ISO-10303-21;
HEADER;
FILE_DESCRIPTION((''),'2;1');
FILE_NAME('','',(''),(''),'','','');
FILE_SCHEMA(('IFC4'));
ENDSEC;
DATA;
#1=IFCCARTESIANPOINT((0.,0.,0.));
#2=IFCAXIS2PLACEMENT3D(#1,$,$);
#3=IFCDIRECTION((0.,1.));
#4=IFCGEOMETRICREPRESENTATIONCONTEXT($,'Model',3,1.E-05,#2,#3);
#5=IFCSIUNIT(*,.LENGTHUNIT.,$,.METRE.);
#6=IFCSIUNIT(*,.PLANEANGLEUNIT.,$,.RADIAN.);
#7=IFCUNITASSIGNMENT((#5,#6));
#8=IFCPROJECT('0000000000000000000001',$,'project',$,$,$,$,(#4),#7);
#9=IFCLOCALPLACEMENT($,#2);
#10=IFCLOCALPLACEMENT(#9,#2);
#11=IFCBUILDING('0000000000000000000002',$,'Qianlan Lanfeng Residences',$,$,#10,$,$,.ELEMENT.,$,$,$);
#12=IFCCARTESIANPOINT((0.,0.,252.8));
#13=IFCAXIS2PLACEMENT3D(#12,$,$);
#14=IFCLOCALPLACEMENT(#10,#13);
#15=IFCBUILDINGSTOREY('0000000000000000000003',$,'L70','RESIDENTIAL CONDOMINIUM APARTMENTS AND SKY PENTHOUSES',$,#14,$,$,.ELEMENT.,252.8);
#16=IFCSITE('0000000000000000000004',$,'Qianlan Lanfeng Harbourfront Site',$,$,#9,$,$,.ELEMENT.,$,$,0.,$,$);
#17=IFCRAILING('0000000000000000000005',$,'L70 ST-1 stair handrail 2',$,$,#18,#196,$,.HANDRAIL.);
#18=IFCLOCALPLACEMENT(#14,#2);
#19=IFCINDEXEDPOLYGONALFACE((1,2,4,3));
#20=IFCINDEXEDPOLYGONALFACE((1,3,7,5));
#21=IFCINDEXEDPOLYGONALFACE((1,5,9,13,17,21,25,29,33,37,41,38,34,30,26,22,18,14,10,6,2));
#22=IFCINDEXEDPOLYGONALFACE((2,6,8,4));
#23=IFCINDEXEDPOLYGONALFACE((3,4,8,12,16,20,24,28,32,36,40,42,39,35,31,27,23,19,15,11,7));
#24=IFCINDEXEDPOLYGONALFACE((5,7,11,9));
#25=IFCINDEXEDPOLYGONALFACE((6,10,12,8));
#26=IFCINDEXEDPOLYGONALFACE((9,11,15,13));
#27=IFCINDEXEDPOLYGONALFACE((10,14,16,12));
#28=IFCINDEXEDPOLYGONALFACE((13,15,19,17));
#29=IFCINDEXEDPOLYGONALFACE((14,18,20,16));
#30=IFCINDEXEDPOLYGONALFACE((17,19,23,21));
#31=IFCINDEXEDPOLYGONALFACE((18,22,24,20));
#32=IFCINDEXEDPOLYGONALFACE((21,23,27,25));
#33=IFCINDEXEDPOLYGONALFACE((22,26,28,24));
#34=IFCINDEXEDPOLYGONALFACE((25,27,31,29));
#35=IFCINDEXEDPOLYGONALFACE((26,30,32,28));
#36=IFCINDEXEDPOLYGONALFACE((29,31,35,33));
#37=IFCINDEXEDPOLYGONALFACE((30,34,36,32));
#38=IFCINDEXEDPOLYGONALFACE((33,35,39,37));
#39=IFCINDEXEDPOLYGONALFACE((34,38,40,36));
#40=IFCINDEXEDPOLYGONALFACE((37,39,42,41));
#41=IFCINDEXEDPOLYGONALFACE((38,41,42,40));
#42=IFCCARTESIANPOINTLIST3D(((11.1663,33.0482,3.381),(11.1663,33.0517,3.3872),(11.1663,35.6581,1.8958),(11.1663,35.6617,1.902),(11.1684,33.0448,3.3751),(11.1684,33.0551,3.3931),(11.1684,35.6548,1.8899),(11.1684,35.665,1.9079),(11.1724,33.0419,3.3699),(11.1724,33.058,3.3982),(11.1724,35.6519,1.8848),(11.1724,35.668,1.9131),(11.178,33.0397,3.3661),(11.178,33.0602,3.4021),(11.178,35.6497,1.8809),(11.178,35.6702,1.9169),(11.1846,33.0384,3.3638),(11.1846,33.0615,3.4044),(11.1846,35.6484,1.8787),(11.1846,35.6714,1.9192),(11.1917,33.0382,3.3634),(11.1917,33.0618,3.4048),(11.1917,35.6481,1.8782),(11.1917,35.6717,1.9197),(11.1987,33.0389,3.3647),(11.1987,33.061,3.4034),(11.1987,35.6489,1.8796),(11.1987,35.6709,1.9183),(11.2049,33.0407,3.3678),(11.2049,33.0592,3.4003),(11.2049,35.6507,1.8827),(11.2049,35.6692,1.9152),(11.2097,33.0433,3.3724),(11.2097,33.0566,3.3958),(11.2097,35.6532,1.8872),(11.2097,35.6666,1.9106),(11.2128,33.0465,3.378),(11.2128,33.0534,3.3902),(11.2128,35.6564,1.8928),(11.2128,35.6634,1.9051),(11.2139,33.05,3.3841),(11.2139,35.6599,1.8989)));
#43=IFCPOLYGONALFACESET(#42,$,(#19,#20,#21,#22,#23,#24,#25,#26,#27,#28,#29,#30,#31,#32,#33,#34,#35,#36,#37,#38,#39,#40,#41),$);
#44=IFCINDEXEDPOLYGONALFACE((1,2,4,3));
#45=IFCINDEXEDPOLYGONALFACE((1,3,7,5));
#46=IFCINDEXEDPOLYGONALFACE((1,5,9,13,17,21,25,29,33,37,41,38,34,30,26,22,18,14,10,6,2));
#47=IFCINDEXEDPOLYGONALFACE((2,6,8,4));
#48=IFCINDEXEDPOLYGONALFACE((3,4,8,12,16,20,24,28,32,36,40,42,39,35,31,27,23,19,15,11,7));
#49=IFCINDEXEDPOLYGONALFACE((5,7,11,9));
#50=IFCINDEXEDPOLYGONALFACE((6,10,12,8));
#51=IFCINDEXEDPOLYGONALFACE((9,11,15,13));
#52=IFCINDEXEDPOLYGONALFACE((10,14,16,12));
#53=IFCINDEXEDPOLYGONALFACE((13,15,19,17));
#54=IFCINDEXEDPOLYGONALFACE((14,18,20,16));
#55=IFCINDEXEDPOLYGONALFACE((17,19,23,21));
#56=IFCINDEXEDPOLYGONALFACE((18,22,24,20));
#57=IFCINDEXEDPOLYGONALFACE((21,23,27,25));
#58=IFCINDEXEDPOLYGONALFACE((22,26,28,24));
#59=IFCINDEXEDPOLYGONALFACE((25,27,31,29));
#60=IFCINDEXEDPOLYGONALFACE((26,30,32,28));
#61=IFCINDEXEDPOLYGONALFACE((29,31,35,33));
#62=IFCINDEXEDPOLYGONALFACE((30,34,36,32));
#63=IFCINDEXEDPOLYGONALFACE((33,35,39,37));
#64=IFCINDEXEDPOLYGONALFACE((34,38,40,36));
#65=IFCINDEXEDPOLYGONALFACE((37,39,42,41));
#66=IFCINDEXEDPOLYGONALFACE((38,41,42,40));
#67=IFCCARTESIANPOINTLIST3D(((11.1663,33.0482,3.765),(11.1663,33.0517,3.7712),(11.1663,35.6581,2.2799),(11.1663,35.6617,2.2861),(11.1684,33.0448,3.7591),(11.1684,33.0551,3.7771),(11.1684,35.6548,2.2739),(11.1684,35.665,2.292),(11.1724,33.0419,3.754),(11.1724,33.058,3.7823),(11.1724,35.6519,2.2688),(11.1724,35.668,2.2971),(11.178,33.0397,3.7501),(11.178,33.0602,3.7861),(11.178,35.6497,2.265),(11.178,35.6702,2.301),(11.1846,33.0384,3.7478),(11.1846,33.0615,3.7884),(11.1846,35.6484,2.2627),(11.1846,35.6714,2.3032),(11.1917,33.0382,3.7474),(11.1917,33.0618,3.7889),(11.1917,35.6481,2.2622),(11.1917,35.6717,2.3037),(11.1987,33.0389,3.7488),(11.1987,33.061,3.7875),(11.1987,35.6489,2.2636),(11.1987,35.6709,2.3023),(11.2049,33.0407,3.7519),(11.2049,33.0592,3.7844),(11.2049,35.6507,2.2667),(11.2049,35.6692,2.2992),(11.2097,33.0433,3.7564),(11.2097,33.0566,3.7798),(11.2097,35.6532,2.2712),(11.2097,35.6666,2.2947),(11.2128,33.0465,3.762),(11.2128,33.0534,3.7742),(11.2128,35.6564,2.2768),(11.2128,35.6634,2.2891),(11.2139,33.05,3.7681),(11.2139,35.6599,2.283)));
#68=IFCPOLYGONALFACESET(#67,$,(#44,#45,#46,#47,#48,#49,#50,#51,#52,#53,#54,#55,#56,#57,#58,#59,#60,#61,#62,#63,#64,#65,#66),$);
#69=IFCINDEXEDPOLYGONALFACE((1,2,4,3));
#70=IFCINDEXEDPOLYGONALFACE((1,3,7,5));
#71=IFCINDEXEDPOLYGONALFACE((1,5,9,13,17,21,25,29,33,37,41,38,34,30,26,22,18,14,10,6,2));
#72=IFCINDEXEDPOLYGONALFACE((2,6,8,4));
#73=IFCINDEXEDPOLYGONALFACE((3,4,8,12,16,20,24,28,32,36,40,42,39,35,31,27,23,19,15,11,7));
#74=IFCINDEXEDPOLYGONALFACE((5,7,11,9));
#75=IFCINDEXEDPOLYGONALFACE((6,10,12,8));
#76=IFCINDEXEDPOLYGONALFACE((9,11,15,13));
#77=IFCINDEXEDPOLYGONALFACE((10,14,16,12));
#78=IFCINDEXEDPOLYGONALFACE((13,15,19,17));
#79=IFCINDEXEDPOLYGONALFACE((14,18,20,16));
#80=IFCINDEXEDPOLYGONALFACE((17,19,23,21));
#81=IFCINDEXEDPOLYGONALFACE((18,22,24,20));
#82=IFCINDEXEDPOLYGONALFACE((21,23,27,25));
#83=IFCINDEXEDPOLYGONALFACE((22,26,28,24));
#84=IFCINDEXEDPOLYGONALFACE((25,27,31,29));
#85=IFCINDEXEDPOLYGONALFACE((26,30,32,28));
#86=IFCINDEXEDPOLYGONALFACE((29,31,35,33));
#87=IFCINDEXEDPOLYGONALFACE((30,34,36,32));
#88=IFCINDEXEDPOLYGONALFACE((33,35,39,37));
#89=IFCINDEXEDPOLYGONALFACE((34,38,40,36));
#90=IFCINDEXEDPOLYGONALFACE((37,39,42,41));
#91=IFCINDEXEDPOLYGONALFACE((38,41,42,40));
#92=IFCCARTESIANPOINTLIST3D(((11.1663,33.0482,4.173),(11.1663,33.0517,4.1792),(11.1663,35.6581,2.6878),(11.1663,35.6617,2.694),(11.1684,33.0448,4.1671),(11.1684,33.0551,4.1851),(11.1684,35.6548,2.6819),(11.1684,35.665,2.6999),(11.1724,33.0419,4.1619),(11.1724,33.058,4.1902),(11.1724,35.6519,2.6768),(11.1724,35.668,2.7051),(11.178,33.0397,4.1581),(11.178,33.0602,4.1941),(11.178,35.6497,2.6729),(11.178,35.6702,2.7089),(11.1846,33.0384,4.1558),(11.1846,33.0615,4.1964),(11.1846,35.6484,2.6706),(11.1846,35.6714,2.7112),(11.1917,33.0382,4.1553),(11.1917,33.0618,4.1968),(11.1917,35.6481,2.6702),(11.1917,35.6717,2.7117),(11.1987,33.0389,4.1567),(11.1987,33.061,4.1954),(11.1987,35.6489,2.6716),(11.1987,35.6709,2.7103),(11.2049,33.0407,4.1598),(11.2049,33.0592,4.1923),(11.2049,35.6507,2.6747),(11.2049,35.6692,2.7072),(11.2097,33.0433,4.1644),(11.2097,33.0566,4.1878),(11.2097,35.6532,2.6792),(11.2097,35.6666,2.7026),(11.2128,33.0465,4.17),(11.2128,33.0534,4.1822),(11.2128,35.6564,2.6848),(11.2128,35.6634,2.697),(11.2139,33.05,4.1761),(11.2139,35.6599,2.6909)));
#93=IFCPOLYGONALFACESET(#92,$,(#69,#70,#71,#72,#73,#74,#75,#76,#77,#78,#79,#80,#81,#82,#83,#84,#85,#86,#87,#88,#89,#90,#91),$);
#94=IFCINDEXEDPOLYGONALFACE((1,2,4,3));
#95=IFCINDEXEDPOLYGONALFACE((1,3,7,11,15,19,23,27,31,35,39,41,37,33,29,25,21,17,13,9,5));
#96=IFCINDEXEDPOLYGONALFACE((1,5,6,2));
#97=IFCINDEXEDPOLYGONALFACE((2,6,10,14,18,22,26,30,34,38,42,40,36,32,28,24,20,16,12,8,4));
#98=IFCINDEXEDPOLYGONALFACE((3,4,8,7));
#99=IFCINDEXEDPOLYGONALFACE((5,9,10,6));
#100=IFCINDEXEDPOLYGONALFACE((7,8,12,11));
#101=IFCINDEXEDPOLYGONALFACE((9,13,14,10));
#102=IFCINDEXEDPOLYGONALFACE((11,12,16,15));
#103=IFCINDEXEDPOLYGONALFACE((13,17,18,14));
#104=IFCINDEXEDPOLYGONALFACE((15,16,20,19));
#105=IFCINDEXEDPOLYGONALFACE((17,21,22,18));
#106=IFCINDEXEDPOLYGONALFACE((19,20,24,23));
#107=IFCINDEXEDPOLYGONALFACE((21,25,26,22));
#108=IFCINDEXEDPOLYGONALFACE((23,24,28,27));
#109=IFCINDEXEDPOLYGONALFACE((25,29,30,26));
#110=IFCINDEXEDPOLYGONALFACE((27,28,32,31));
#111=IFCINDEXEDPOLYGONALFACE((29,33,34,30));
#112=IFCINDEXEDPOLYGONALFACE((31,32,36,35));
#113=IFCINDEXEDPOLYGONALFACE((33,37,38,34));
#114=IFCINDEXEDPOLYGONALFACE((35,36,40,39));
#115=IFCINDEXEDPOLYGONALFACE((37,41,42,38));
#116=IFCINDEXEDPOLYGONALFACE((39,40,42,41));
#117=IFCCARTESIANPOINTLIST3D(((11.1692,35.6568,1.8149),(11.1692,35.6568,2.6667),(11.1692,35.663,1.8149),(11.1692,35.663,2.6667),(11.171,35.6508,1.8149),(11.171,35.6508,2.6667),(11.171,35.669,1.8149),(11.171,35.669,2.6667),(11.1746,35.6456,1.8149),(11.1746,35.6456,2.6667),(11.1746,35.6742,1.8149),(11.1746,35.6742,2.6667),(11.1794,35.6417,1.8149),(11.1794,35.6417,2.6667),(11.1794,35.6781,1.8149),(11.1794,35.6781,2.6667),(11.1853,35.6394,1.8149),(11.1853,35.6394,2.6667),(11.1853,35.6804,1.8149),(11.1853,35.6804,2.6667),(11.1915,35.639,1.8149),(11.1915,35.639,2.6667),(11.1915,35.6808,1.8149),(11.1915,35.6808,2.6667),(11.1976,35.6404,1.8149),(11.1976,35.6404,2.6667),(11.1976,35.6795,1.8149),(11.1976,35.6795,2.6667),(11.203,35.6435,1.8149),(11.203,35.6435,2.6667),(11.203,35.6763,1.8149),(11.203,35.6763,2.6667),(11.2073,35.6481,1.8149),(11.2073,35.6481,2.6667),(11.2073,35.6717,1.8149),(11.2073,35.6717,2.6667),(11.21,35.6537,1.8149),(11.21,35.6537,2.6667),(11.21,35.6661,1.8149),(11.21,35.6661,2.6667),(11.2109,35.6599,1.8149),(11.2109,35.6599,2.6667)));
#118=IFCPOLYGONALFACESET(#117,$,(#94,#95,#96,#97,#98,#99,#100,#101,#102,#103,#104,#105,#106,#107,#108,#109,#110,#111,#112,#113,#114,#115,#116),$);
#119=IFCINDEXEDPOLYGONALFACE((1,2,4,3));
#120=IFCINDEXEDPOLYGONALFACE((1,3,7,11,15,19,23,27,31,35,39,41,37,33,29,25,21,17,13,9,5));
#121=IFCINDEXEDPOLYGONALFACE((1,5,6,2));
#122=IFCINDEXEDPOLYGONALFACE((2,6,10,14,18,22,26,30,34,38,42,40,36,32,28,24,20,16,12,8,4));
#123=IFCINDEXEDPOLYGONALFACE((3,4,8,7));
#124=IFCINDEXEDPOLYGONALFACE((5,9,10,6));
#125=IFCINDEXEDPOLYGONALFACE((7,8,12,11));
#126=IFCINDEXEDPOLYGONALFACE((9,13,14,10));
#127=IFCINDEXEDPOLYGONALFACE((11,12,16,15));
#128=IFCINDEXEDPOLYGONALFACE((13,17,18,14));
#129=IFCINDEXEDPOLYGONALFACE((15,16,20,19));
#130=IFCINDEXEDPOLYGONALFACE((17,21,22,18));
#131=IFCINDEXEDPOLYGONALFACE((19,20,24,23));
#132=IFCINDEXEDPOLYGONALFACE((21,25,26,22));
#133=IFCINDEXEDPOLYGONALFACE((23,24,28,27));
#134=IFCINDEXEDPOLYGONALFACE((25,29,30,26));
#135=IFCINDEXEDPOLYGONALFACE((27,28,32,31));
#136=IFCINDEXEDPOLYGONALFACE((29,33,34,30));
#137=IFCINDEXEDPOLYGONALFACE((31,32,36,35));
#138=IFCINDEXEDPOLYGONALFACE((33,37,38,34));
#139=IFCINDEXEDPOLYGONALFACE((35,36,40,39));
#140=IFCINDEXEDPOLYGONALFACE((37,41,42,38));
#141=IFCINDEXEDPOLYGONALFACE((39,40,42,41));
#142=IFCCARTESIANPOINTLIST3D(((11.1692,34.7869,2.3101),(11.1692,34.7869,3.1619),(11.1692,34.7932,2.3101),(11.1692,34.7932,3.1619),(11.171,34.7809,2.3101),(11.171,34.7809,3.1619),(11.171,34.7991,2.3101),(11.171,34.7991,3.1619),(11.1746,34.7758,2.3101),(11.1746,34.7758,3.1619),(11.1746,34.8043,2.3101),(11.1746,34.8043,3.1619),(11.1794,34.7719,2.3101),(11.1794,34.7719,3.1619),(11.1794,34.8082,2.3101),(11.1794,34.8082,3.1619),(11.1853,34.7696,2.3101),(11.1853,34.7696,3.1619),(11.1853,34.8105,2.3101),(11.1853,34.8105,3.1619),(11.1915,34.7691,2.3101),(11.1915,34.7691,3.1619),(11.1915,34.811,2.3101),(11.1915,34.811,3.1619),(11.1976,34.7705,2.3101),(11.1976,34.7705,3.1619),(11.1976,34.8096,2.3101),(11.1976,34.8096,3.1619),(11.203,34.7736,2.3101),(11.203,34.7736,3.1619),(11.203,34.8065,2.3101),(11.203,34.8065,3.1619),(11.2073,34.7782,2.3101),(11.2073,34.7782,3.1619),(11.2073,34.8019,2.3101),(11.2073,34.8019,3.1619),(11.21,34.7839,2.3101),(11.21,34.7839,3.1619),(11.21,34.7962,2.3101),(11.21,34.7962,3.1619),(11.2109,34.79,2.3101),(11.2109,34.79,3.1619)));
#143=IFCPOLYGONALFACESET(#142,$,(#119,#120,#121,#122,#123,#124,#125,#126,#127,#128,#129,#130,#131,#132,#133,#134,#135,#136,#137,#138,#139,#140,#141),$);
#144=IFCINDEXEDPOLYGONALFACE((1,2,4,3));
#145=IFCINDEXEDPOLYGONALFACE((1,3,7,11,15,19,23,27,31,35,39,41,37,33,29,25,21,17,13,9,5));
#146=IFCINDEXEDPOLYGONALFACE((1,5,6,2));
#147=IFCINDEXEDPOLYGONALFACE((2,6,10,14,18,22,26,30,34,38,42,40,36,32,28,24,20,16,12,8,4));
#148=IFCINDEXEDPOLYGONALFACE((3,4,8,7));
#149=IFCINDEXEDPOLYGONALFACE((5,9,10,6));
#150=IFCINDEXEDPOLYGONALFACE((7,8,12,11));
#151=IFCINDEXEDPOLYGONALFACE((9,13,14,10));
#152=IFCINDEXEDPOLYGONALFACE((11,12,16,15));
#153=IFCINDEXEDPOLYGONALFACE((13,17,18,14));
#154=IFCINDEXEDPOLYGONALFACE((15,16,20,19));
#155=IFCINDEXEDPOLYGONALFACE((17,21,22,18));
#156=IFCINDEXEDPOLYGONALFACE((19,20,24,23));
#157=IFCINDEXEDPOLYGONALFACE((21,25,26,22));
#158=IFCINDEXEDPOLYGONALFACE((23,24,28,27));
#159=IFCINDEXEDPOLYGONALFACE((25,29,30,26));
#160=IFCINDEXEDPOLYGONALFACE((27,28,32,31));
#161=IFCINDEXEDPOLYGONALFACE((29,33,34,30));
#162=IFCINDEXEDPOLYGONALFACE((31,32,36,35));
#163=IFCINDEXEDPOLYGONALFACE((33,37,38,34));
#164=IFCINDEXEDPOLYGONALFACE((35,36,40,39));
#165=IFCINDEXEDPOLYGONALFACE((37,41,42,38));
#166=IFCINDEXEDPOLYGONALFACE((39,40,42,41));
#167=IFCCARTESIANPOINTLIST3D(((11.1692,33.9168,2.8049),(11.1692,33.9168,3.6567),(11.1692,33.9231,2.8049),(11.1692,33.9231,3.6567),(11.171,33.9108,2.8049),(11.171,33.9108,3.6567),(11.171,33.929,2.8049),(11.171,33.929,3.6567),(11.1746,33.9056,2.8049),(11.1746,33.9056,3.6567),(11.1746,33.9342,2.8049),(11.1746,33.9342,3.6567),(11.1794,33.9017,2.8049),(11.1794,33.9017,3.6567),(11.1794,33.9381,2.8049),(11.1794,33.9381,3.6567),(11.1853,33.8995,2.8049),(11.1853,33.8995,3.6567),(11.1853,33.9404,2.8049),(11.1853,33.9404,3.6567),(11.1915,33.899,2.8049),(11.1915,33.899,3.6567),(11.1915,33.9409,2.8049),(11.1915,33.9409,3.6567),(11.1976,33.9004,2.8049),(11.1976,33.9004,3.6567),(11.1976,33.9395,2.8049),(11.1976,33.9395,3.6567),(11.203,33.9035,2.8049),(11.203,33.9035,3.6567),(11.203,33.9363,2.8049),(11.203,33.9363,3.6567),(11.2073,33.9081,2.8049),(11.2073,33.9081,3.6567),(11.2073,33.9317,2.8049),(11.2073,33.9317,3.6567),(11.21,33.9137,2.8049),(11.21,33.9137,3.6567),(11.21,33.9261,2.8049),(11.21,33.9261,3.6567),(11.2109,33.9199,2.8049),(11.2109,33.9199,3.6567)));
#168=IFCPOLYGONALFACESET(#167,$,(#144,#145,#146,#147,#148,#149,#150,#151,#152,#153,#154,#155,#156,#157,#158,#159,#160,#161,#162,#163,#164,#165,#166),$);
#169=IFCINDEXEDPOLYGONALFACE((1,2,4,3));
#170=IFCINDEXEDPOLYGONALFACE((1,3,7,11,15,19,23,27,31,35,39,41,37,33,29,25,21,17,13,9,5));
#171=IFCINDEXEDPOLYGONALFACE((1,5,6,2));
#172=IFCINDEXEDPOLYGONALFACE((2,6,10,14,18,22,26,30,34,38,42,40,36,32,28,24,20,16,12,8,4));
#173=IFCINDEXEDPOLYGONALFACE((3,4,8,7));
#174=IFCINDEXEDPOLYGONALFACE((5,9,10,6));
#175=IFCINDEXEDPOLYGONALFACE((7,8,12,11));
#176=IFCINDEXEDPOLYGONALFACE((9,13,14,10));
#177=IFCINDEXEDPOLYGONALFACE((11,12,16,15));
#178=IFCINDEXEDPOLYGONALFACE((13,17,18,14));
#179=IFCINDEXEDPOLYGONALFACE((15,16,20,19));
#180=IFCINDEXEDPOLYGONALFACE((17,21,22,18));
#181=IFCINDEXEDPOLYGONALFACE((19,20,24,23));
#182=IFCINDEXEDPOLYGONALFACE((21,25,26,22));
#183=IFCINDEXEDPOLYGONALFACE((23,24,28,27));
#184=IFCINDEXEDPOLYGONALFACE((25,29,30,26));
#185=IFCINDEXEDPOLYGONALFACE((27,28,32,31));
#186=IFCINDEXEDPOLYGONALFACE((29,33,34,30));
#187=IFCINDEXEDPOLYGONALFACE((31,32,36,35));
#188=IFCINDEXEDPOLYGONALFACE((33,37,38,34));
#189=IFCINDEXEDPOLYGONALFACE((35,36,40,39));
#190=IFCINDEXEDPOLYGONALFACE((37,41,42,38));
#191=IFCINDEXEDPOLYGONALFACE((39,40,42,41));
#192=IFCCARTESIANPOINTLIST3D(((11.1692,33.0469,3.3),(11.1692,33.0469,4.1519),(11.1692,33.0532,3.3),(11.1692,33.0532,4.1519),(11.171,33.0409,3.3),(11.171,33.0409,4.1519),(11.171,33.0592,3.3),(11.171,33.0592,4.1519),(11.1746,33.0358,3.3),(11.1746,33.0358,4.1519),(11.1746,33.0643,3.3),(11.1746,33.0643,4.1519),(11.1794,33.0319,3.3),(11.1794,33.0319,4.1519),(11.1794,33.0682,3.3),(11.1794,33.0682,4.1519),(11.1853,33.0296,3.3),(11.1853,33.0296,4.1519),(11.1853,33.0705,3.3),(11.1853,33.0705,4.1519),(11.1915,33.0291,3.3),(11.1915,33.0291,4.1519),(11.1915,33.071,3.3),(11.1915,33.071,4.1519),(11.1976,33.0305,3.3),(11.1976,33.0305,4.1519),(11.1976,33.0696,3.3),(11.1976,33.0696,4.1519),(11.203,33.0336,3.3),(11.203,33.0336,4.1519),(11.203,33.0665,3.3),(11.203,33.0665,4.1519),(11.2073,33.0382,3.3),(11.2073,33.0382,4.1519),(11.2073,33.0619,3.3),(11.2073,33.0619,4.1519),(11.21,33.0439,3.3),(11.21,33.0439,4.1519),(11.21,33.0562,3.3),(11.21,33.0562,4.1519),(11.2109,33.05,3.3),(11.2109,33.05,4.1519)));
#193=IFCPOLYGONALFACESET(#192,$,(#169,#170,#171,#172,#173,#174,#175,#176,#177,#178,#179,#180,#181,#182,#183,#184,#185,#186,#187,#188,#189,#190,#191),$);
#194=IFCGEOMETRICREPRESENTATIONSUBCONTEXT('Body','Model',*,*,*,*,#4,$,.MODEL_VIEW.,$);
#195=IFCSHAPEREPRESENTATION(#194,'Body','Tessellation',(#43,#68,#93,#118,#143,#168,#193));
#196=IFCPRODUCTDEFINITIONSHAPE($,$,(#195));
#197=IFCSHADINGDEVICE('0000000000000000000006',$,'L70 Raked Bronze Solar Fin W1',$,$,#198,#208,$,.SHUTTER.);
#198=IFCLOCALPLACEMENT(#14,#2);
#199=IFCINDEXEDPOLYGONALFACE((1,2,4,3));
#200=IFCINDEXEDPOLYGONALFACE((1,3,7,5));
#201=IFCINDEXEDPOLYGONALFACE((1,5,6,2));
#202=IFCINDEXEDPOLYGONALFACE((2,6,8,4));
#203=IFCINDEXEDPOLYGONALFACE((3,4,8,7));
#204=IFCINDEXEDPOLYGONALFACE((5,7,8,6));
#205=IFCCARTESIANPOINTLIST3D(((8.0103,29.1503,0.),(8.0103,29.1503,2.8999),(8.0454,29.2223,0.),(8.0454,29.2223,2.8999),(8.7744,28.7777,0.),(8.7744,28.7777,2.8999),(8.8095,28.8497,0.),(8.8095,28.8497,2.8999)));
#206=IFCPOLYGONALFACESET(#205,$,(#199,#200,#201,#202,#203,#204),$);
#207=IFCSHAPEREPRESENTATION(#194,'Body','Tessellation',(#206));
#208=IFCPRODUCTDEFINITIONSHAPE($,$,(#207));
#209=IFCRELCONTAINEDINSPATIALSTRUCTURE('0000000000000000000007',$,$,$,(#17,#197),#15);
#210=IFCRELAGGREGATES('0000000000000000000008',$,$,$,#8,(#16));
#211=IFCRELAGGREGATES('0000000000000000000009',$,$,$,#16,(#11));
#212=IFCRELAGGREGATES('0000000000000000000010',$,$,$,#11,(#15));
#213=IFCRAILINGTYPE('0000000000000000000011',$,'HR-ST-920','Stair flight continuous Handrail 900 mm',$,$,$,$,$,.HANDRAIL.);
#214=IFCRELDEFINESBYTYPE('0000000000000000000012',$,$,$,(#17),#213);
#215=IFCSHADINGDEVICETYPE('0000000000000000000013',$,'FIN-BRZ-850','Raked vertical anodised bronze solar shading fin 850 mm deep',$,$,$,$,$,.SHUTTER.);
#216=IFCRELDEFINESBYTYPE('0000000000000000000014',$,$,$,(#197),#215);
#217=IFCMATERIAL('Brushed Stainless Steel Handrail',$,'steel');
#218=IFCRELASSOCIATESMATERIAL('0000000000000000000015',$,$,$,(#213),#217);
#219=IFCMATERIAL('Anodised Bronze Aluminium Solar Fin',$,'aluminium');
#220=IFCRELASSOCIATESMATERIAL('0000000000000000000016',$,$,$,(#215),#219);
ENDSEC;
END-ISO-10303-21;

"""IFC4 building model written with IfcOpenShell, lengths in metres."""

from ifc_helpers import new_model, si_unit, direction, frame, origin, origin_2d, place, context, subcontext, project, spatial, rectangle, circle, extrude, source, transform, mapped, material, type_object, element, save


model = new_model("IFC4")

# Units and contexts
model_context = context("Model", 3, precision=1e-05, world=origin(), true_north=direction((0.0, 1.0)))
body_context = subcontext(model_context, "Body", "Model", "MODEL_VIEW")
ifc_project = project(units=[si_unit("LENGTHUNIT", "METRE"), si_unit("PLANEANGLEUNIT", "RADIAN")], contexts=[model_context])

# Site, building, storey
site_placement = place(None, origin())
site = spatial("IfcSite", under=ifc_project, at=site_placement, Name="Qianlan Lanfeng Harbourfront Site", CompositionType="ELEMENT", RefElevation=0.0)
building_placement = place(site_placement, origin())
building = spatial("IfcBuilding", under=site, at=building_placement, Name="Qianlan Lanfeng Residences", CompositionType="ELEMENT")
storey_placement = place(building_placement, frame((0.0, 0.0, 252.8)))
storey = spatial("IfcBuildingStorey", under=building, at=storey_placement, Name="L70", Description="RESIDENTIAL CONDOMINIUM APARTMENTS AND SKY PENTHOUSES", CompositionType="ELEMENT", Elevation=252.8)

# Railing
ifc_material_1 = material(Name="Brushed Stainless Steel Handrail", Category="steel")
railing_type = type_object("IfcRailingType", Name="HR-ST-920", Description="Stair flight continuous Handrail 900 mm", PredefinedType="HANDRAIL", material=ifc_material_1)
railing_placement = place(storey_placement, frame((11.1899, 35.6599, 1.8149)))
element("IfcRailing", 1, at=railing_placement, inside=storey, type_object=railing_type, Name="L70 ST-1 stair handrail 2", PredefinedType="HANDRAIL", context=body_context, shape_type="SweptSolid", body=[
    extrude(circle(Radius=0.0239, at=origin_2d()), frame((0.0, 0.0, 0.084), z_axis=(0.0, -0.869137, 0.494571), x_axis=(1.0, 0.0, 0.0)), (0.0, 0.0, 1.0), 3.0029),
    extrude(circle(Radius=0.0239, at=origin_2d()), frame((0.0, 0.0, 0.468), z_axis=(0.0, -0.869137, 0.494571), x_axis=(1.0, 0.0, 0.0)), (0.0, 0.0, 1.0), 3.0029),
    extrude(circle(Radius=0.0239, at=origin_2d()), frame((0.0, 0.0, 0.876), z_axis=(0.0, -0.869137, 0.494571), x_axis=(1.0, 0.0, 0.0)), (0.0, 0.0, 1.0), 3.0029),
    extrude(circle(Radius=0.021, at=origin_2d()), origin(), (0.0, 0.0, 1.0), 0.8518),
    extrude(circle(Radius=0.021, at=origin_2d()), frame((0.0, -0.8699, 0.4951)), (0.0, 0.0, 1.0), 0.8518),
    extrude(circle(Radius=0.021, at=origin_2d()), frame((0.0, -1.74, 0.99)), (0.0, 0.0, 1.0), 0.8518),
    extrude(circle(Radius=0.021, at=origin_2d()), frame((0.0, -2.6099, 1.4851)), (0.0, 0.0, 1.0), 0.8518),
])

# Shading device
ifc_material_2 = material(Name="Anodised Bronze Aluminium Solar Fin", Category="aluminium")
shading_device_type = type_object("IfcShadingDeviceType", Name="FIN-BRZ-850", Description="Raked vertical anodised bronze solar shading fin 850 mm deep", PredefinedType="SHUTTER", material=ifc_material_2)
shared_shape_1 = source(origin(), body_context, "Body", "SweptSolid", [
    extrude(rectangle(XDim=0.8501, YDim=0.0801, at=origin_2d()), origin(), (0.0, 0.0, 1.0), 2.8999),
])
for number, where, z_axis, x_axis, name in (
    (2, (8.4099, 29.0, 0.0), (0.0, 0.0, 1.0), (0.898794, -0.438371, 0.0), "L70 Raked Bronze Solar Fin W1"),
):
    element("IfcShadingDevice", number, at=place(storey_placement, frame(where, z_axis=z_axis, x_axis=x_axis)), inside=storey, type_object=shading_device_type, Name=name, PredefinedType="SHUTTER", context=body_context, shape_type="MappedRepresentation", body=[
        mapped(shared_shape_1, transform((0.0, 0.0, 0.0), scale=1.0)),
    ])

save(model, "model.ifc")
